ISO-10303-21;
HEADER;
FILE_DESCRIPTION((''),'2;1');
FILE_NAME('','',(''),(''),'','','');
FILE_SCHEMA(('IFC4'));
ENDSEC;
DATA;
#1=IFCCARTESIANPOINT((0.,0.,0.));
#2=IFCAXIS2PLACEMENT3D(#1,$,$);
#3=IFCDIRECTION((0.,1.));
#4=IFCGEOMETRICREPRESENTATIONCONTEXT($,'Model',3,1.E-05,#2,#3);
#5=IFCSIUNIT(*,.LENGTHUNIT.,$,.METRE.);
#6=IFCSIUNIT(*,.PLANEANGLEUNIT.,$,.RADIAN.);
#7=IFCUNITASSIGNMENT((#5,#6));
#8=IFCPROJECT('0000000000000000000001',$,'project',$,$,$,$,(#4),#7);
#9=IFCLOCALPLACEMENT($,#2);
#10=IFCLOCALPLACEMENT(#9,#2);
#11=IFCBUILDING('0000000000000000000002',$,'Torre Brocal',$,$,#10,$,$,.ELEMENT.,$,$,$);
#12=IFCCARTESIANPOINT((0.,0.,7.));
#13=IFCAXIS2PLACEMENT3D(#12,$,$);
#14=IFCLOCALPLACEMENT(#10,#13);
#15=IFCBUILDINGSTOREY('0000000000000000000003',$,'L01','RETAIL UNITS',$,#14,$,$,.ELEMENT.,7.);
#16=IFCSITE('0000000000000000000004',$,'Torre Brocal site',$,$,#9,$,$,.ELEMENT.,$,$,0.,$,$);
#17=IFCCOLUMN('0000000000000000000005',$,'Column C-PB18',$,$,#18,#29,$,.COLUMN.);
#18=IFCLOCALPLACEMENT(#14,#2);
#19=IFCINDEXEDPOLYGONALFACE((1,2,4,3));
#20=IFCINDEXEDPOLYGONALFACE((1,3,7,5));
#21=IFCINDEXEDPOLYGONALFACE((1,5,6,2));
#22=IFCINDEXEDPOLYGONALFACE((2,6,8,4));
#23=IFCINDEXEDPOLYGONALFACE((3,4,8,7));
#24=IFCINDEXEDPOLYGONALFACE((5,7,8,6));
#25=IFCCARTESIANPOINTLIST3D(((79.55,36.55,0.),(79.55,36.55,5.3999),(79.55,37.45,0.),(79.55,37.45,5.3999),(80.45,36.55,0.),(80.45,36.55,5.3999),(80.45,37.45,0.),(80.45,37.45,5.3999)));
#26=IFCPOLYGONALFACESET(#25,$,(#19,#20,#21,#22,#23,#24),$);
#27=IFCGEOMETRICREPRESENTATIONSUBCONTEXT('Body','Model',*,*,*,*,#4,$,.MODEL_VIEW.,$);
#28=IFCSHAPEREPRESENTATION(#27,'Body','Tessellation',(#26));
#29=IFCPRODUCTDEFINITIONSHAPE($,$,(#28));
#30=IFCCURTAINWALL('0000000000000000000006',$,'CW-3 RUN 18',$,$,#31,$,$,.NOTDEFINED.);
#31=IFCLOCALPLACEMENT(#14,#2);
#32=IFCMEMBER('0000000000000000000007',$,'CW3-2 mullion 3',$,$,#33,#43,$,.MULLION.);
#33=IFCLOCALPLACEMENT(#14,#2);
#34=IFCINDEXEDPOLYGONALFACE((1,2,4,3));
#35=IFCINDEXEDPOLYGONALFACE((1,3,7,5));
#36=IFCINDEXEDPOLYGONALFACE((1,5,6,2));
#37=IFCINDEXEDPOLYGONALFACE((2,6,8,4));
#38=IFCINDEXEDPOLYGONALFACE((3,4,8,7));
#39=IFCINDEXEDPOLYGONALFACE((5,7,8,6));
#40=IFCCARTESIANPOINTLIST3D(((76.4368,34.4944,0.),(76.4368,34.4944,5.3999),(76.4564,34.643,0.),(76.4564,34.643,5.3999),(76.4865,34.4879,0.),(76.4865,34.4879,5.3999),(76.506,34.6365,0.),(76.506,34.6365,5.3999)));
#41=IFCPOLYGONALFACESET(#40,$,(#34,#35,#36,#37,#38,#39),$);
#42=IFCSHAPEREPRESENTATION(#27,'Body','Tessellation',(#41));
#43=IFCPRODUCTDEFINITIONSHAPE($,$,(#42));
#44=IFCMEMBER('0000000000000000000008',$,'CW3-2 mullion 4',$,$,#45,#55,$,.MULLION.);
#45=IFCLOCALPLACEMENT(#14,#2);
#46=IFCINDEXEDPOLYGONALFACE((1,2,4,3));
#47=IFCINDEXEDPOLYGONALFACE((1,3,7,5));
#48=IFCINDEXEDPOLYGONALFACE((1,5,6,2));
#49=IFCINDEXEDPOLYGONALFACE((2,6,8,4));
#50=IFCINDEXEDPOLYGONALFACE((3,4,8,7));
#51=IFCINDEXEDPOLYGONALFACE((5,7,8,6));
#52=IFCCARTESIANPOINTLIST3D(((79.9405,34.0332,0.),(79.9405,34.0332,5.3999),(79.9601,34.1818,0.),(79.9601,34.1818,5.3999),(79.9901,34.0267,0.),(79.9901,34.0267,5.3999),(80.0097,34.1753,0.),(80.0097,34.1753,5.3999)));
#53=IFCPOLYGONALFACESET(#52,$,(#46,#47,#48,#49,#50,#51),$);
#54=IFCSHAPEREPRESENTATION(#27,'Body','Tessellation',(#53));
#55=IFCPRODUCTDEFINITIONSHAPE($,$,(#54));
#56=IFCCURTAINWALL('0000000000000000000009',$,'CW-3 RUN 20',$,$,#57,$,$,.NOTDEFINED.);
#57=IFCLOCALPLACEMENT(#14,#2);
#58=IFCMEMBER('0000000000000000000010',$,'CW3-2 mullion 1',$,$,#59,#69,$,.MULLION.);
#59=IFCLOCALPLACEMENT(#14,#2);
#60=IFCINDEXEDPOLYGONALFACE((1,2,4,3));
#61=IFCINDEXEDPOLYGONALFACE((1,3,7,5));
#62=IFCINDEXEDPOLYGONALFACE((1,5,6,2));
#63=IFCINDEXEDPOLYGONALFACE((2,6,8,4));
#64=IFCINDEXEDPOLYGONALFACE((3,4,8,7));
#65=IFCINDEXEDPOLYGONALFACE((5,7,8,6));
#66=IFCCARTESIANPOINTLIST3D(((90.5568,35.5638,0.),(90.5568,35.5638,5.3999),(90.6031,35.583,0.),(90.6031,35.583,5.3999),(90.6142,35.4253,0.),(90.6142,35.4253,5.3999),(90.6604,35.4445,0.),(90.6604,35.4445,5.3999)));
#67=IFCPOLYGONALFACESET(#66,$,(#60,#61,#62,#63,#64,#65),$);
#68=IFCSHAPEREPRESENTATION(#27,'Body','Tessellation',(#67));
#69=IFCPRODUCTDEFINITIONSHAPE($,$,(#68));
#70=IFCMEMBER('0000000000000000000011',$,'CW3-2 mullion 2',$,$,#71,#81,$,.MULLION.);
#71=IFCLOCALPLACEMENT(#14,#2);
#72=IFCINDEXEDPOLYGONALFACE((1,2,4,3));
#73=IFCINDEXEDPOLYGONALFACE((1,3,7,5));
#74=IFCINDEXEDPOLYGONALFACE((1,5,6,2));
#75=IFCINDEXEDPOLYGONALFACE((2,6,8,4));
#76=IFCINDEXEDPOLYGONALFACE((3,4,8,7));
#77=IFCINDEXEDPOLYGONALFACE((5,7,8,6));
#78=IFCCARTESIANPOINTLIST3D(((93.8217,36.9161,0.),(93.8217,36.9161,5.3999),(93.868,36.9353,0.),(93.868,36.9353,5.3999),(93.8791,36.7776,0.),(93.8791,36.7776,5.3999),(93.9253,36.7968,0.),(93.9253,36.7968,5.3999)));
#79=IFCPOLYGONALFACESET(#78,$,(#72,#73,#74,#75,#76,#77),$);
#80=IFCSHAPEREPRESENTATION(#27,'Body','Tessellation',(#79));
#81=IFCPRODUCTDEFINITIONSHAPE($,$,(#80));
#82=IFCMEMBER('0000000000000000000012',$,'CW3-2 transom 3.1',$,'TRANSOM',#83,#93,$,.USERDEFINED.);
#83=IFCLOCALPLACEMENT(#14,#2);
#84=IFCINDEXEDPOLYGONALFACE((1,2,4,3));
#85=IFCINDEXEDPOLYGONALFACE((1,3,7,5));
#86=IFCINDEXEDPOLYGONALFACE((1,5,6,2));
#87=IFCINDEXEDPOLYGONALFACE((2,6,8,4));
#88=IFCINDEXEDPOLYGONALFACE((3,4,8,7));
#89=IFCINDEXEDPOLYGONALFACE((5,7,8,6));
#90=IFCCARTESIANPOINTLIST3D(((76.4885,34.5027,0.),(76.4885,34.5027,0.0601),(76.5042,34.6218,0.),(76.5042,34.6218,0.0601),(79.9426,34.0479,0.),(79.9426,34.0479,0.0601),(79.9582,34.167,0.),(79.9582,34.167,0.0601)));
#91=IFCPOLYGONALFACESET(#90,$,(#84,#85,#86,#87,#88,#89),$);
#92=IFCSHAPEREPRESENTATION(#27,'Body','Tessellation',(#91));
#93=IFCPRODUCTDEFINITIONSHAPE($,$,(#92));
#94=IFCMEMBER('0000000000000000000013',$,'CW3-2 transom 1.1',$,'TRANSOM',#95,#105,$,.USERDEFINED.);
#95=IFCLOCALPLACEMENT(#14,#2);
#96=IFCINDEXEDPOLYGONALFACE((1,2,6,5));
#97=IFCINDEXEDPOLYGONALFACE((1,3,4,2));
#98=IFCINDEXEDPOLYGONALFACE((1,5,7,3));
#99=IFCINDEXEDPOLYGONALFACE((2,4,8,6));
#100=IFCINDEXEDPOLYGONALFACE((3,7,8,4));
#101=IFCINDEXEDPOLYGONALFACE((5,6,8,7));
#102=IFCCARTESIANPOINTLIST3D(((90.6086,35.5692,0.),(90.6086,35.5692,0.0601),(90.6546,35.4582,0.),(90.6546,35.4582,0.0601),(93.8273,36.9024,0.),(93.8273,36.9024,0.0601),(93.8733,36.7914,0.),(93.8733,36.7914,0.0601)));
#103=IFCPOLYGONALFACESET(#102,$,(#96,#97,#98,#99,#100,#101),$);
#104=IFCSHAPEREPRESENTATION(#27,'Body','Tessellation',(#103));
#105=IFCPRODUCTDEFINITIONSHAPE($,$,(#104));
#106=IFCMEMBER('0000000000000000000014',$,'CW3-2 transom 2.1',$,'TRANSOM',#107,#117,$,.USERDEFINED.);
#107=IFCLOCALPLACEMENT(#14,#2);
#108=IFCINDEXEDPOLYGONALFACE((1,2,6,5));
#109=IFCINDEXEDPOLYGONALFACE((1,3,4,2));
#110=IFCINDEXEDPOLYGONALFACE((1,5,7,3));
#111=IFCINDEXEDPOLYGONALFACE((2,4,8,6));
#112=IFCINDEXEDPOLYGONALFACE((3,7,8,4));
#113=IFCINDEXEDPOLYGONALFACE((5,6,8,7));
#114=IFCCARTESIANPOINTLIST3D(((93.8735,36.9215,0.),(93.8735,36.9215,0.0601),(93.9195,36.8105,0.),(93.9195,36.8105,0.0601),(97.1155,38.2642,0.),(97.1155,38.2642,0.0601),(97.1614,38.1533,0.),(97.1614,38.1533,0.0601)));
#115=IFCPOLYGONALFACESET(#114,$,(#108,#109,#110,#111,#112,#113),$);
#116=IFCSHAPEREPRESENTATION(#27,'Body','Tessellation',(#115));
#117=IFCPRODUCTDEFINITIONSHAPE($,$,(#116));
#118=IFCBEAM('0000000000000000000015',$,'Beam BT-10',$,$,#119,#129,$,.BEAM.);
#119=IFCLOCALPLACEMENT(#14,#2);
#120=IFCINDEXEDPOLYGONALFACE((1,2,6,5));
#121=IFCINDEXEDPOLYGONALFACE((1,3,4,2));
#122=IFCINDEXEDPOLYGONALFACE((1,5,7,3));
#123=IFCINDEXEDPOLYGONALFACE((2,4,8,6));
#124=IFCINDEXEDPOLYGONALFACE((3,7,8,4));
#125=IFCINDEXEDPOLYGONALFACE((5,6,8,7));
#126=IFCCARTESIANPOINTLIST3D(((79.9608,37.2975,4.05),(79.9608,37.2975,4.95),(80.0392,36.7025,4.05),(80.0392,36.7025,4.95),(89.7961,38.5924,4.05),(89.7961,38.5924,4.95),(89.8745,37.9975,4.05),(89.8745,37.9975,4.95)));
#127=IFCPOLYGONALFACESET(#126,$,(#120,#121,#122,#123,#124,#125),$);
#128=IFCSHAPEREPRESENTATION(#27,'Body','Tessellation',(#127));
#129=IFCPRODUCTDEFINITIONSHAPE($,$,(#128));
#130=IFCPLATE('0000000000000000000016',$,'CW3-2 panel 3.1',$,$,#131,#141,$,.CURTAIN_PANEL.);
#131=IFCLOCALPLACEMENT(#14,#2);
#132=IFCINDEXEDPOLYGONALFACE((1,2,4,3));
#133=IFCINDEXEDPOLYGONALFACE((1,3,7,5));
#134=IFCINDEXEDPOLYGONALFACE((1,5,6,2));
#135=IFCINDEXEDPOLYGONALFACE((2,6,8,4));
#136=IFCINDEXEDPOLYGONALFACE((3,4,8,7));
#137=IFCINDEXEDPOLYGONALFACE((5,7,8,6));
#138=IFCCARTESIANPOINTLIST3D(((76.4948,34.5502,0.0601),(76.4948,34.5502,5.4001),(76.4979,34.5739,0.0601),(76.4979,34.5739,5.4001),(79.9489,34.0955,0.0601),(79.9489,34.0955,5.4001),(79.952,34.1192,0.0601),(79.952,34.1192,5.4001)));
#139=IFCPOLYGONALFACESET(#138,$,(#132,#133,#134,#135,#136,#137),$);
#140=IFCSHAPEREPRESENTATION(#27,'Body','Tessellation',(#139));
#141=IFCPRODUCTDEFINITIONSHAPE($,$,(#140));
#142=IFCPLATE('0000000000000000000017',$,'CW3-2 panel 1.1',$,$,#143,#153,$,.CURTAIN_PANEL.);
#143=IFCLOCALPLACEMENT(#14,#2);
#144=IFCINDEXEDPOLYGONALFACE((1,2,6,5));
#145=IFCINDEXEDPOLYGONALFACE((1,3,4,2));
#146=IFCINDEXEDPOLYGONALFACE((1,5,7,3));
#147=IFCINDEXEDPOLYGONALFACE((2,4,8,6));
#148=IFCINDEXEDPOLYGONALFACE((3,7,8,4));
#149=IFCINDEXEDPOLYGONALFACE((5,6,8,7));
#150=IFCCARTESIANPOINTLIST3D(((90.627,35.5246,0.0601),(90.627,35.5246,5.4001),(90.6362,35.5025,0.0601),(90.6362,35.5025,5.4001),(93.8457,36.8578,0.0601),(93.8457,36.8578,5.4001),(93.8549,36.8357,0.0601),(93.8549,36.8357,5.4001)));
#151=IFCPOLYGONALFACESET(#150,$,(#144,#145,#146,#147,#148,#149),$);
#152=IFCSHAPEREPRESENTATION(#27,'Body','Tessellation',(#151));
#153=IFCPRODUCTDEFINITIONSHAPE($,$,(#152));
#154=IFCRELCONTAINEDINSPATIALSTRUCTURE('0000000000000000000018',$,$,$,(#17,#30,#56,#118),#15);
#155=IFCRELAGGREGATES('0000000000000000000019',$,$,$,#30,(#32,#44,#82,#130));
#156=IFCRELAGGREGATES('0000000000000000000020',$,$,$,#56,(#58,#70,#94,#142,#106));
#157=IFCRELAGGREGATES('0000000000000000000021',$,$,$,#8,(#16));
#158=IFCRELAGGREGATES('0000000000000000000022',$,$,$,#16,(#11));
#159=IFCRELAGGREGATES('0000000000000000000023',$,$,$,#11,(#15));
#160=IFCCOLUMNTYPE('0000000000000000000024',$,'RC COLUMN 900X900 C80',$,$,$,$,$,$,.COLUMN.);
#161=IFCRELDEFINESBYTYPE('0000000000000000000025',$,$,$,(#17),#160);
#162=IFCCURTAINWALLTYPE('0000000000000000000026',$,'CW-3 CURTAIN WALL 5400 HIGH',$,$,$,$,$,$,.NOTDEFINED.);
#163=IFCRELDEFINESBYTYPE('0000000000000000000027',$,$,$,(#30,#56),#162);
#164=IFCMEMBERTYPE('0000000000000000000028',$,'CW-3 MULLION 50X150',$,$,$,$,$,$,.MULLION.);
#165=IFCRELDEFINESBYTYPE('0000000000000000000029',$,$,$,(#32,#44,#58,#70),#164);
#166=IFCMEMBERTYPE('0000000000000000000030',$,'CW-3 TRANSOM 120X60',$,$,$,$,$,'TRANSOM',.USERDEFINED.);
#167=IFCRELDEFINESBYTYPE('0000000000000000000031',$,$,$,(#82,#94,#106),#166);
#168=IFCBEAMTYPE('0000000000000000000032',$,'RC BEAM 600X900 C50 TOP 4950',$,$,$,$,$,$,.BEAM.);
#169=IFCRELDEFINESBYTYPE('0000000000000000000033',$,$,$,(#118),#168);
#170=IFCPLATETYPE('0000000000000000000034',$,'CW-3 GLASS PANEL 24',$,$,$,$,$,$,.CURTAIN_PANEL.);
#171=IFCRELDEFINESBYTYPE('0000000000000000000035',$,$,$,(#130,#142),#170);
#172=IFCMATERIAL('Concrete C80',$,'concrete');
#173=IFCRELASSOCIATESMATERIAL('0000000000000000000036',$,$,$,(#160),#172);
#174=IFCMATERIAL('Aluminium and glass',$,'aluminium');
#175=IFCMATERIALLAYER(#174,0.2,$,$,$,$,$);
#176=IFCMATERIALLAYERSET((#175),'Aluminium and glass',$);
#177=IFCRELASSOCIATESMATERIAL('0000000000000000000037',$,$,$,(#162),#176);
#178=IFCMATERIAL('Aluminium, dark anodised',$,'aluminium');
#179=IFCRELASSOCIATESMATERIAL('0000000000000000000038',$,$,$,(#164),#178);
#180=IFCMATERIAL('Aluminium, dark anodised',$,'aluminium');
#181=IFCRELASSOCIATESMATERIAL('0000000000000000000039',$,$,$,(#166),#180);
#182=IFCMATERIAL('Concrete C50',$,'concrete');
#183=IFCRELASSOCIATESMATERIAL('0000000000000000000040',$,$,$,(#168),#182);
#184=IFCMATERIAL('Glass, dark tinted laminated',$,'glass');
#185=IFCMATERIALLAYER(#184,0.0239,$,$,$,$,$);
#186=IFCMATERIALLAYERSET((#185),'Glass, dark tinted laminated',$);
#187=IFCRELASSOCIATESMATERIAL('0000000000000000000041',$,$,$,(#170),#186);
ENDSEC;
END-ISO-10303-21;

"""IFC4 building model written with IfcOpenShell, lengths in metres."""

from ifc_helpers import new_model, si_unit, direction, frame, origin, origin_2d, place, context, subcontext, project, spatial, rectangle, extrude, material, layer, layer_set, material_profile, profile_set, type_object, element, aggregate, save


model = new_model("IFC4")

# Units and contexts
model_context = context("Model", 3, precision=1e-05, world=origin(), true_north=direction((0.0, 1.0)))
body_context = subcontext(model_context, "Body", "Model", "MODEL_VIEW")
ifc_project = project(units=[si_unit("LENGTHUNIT", "METRE"), si_unit("PLANEANGLEUNIT", "RADIAN")], contexts=[model_context])

# Site, building, storey
site_placement = place(None, origin())
site = spatial("IfcSite", under=ifc_project, at=site_placement, Name="Torre Brocal site", CompositionType="ELEMENT", RefElevation=0.0)
building_placement = place(site_placement, origin())
building = spatial("IfcBuilding", under=site, at=building_placement, Name="Torre Brocal", CompositionType="ELEMENT")
storey_placement = place(building_placement, frame((0.0, 0.0, 7.0)))
storey = spatial("IfcBuildingStorey", under=building, at=storey_placement, Name="L01", Description="RETAIL UNITS", CompositionType="ELEMENT", Elevation=7.0)

# Column
ifc_material_1 = material(Name="Concrete C80", Category="concrete")
ifc_material_profile_1 = material_profile(ifc_material_1, rectangle(XDim=0.8999, YDim=0.8999, at=origin_2d()), Name="RC 900X900")
ifc_profile_set_1 = profile_set([ifc_material_profile_1], Name="Concrete C80")
column_type = type_object("IfcColumnType", Name="RC COLUMN 900X900 C80", PredefinedType="COLUMN", material=ifc_profile_set_1)
column_placement = place(storey_placement, frame((80.0, 37.0, 0.0), z_axis=(0.0, 0.0, 1.0), x_axis=(0.0, -1.0, 0.0)))
element("IfcColumn", 1, at=column_placement, inside=storey, type_object=column_type, Name="Column C-PB18", PredefinedType="COLUMN", context=body_context, shape_type="SweptSolid", body=[
    extrude(rectangle(XDim=0.8999, YDim=0.8999, at=origin_2d()), origin(), (0.0, 0.0, 1.0), 5.3999),
])

# Curtain walls, members
ifc_material_2 = material(Name="Aluminium and glass", Category="aluminium")
ifc_layer_1 = layer(ifc_material_2, 0.2)
ifc_layer_set_1 = layer_set([ifc_layer_1], Name="Aluminium and glass")
curtain_wall_type = type_object("IfcCurtainWallType", Name="CW-3 CURTAIN WALL 5400 HIGH", PredefinedType="NOTDEFINED", material=ifc_layer_set_1)
curtain_wall_1_placement = place(storey_placement, origin())
curtain_wall_1 = element("IfcCurtainWall", 2, at=curtain_wall_1_placement, inside=storey, type_object=curtain_wall_type, Name="CW-3 RUN 18", PredefinedType="NOTDEFINED")
ifc_material_3 = material(Name="Aluminium, dark anodised", Category="aluminium")
ifc_material_profile_2 = material_profile(ifc_material_3, rectangle(XDim=0.1499, YDim=0.05, at=origin_2d()), Name="CW-3 MULLION 50X150")
ifc_profile_set_2 = profile_set([ifc_material_profile_2], Name="Aluminium, dark anodised")
member_type_1 = type_object("IfcMemberType", Name="CW-3 MULLION 50X150", PredefinedType="MULLION", material=ifc_profile_set_2)
member_1_placement = place(storey_placement, frame((76.4714, 34.5654, 0.0), z_axis=(0.0, 0.0, 1.0), x_axis=(0.130526, 0.991445, 0.0)))
member_1 = element("IfcMember", 3, at=member_1_placement, type_object=member_type_1, Name="CW3-2 mullion 3", PredefinedType="MULLION", context=body_context, shape_type="SweptSolid", body=[
    extrude(rectangle(XDim=0.1499, YDim=0.05, at=origin_2d()), origin(), (0.0, 0.0, 1.0), 5.3999),
])
member_2_placement = place(storey_placement, frame((79.9751, 34.1042, 0.0), z_axis=(0.0, 0.0, 1.0), x_axis=(0.130526, 0.991445, 0.0)))
member_2 = element("IfcMember", 4, at=member_2_placement, type_object=member_type_1, Name="CW3-2 mullion 4", PredefinedType="MULLION", context=body_context, shape_type="SweptSolid", body=[
    extrude(rectangle(XDim=0.1499, YDim=0.05, at=origin_2d()), origin(), (0.0, 0.0, 1.0), 5.3999),
])
curtain_wall_2_placement = place(storey_placement, origin())
curtain_wall_2 = element("IfcCurtainWall", 5, at=curtain_wall_2_placement, inside=storey, type_object=curtain_wall_type, Name="CW-3 RUN 20", PredefinedType="NOTDEFINED")
member_3_placement = place(storey_placement, frame((90.6086, 35.5042, 0.0), z_axis=(0.0, 0.0, 1.0), x_axis=(-0.382683, 0.92388, 0.0)))
member_3 = element("IfcMember", 6, at=member_3_placement, type_object=member_type_1, Name="CW3-2 mullion 1", PredefinedType="MULLION", context=body_context, shape_type="SweptSolid", body=[
    extrude(rectangle(XDim=0.1499, YDim=0.05, at=origin_2d()), origin(), (0.0, 0.0, 1.0), 5.3999),
])
member_4_placement = place(storey_placement, frame((93.8735, 36.8564, 0.0), z_axis=(0.0, 0.0, 1.0), x_axis=(-0.382683, 0.92388, 0.0)))
member_4 = element("IfcMember", 7, at=member_4_placement, type_object=member_type_1, Name="CW3-2 mullion 2", PredefinedType="MULLION", context=body_context, shape_type="SweptSolid", body=[
    extrude(rectangle(XDim=0.1499, YDim=0.05, at=origin_2d()), origin(), (0.0, 0.0, 1.0), 5.3999),
])

# Members
ifc_material_4 = material(Name="Aluminium, dark anodised", Category="aluminium")
ifc_material_profile_3 = material_profile(ifc_material_4, rectangle(XDim=0.1201, YDim=0.0601, at=origin_2d()), Name="CW-3 TRANSOM 120X60")
ifc_profile_set_3 = profile_set([ifc_material_profile_3], Name="Aluminium, dark anodised")
member_type_2 = type_object("IfcMemberType", Name="CW-3 TRANSOM 120X60", ElementType="TRANSOM", PredefinedType="USERDEFINED", material=ifc_profile_set_3)
member_5_placement = place(storey_placement, frame((76.4963, 34.5623, 0.03), z_axis=(0.991441, -0.130552, 0.0), x_axis=(0.130552, 0.991441, 0.0)))
member_5 = element("IfcMember", 8, at=member_5_placement, type_object=member_type_2, Name="CW3-2 transom 3.1", ObjectType="TRANSOM", PredefinedType="USERDEFINED", context=body_context, shape_type="SweptSolid", body=[
    extrude(rectangle(XDim=0.1201, YDim=0.0601, at=origin_2d()), origin(), (0.0, 0.0, 1.0), 3.4839),
])
member_6_placement = place(storey_placement, frame((90.6316, 35.5137, 0.03), z_axis=(0.923879, 0.382684, 0.0), x_axis=(-0.382684, 0.923879, 0.0)))
member_6 = element("IfcMember", 9, at=member_6_placement, type_object=member_type_2, Name="CW3-2 transom 1.1", ObjectType="TRANSOM", PredefinedType="USERDEFINED", context=body_context, shape_type="SweptSolid", body=[
    extrude(rectangle(XDim=0.1201, YDim=0.0601, at=origin_2d()), origin(), (0.0, 0.0, 1.0), 3.4839),
])
member_7_placement = place(storey_placement, frame((93.8965, 36.866, 0.03), z_axis=(0.923888, 0.382663, 0.0), x_axis=(-0.382663, 0.923888, 0.0)))
member_7 = element("IfcMember", 10, at=member_7_placement, type_object=member_type_2, Name="CW3-2 transom 2.1", ObjectType="TRANSOM", PredefinedType="USERDEFINED", context=body_context, shape_type="SweptSolid", body=[
    extrude(rectangle(XDim=0.1201, YDim=0.0601, at=origin_2d()), origin(), (0.0, 0.0, 1.0), 3.509),
])

# Beam
ifc_material_5 = material(Name="Concrete C50", Category="concrete")
ifc_material_profile_4 = material_profile(ifc_material_5, rectangle(XDim=0.6001, YDim=0.8999, at=origin_2d()), Name="RC 600X900")
ifc_profile_set_4 = profile_set([ifc_material_profile_4], Name="Concrete C50")
beam_type = type_object("IfcBeamType", Name="RC BEAM 600X900 C50 TOP 4950", PredefinedType="BEAM", material=ifc_profile_set_4)
beam_placement = place(storey_placement, frame((80.0, 37.0, 4.5), z_axis=(0.991444, 0.130535, 0.0), x_axis=(-0.130535, 0.991444, 0.0)))
element("IfcBeam", 11, at=beam_placement, inside=storey, type_object=beam_type, Name="Beam BT-10", PredefinedType="BEAM", context=body_context, shape_type="SweptSolid", body=[
    extrude(rectangle(XDim=0.6001, YDim=0.8999, at=origin_2d()), origin(), (0.0, 0.0, 1.0), 9.9202),
])

# Plates
ifc_material_6 = material(Name="Glass, dark tinted laminated", Category="glass")
ifc_layer_2 = layer(ifc_material_6, 0.0239)
ifc_layer_set_2 = layer_set([ifc_layer_2], Name="Glass, dark tinted laminated")
plate_type = type_object("IfcPlateType", Name="CW-3 GLASS PANEL 24", PredefinedType="CURTAIN_PANEL", material=ifc_layer_set_2)
plate_1_placement = place(storey_placement, frame((78.2234, 34.3347, 0.0601), z_axis=(0.0, 0.0, 1.0), x_axis=(0.991445, -0.130526, 0.0)))
plate_1 = element("IfcPlate", 12, at=plate_1_placement, type_object=plate_type, Name="CW3-2 panel 3.1", PredefinedType="CURTAIN_PANEL", context=body_context, shape_type="SweptSolid", body=[
    extrude(rectangle(XDim=3.4839, YDim=0.0239, at=origin_2d()), origin(), (0.0, 0.0, 1.0), 5.3401),
])
aggregate(curtain_wall_1, [member_1, member_2, member_5, plate_1])
plate_2_placement = place(storey_placement, frame((92.241, 36.1802, 0.0601), z_axis=(0.0, 0.0, 1.0), x_axis=(0.92388, 0.382683, 0.0)))
plate_2 = element("IfcPlate", 13, at=plate_2_placement, type_object=plate_type, Name="CW3-2 panel 1.1", PredefinedType="CURTAIN_PANEL", context=body_context, shape_type="SweptSolid", body=[
    extrude(rectangle(XDim=3.4839, YDim=0.0239, at=origin_2d()), origin(), (0.0, 0.0, 1.0), 5.3401),
])
aggregate(curtain_wall_2, [member_3, member_4, member_6, plate_2, member_7])

save(model, "model.ifc")
